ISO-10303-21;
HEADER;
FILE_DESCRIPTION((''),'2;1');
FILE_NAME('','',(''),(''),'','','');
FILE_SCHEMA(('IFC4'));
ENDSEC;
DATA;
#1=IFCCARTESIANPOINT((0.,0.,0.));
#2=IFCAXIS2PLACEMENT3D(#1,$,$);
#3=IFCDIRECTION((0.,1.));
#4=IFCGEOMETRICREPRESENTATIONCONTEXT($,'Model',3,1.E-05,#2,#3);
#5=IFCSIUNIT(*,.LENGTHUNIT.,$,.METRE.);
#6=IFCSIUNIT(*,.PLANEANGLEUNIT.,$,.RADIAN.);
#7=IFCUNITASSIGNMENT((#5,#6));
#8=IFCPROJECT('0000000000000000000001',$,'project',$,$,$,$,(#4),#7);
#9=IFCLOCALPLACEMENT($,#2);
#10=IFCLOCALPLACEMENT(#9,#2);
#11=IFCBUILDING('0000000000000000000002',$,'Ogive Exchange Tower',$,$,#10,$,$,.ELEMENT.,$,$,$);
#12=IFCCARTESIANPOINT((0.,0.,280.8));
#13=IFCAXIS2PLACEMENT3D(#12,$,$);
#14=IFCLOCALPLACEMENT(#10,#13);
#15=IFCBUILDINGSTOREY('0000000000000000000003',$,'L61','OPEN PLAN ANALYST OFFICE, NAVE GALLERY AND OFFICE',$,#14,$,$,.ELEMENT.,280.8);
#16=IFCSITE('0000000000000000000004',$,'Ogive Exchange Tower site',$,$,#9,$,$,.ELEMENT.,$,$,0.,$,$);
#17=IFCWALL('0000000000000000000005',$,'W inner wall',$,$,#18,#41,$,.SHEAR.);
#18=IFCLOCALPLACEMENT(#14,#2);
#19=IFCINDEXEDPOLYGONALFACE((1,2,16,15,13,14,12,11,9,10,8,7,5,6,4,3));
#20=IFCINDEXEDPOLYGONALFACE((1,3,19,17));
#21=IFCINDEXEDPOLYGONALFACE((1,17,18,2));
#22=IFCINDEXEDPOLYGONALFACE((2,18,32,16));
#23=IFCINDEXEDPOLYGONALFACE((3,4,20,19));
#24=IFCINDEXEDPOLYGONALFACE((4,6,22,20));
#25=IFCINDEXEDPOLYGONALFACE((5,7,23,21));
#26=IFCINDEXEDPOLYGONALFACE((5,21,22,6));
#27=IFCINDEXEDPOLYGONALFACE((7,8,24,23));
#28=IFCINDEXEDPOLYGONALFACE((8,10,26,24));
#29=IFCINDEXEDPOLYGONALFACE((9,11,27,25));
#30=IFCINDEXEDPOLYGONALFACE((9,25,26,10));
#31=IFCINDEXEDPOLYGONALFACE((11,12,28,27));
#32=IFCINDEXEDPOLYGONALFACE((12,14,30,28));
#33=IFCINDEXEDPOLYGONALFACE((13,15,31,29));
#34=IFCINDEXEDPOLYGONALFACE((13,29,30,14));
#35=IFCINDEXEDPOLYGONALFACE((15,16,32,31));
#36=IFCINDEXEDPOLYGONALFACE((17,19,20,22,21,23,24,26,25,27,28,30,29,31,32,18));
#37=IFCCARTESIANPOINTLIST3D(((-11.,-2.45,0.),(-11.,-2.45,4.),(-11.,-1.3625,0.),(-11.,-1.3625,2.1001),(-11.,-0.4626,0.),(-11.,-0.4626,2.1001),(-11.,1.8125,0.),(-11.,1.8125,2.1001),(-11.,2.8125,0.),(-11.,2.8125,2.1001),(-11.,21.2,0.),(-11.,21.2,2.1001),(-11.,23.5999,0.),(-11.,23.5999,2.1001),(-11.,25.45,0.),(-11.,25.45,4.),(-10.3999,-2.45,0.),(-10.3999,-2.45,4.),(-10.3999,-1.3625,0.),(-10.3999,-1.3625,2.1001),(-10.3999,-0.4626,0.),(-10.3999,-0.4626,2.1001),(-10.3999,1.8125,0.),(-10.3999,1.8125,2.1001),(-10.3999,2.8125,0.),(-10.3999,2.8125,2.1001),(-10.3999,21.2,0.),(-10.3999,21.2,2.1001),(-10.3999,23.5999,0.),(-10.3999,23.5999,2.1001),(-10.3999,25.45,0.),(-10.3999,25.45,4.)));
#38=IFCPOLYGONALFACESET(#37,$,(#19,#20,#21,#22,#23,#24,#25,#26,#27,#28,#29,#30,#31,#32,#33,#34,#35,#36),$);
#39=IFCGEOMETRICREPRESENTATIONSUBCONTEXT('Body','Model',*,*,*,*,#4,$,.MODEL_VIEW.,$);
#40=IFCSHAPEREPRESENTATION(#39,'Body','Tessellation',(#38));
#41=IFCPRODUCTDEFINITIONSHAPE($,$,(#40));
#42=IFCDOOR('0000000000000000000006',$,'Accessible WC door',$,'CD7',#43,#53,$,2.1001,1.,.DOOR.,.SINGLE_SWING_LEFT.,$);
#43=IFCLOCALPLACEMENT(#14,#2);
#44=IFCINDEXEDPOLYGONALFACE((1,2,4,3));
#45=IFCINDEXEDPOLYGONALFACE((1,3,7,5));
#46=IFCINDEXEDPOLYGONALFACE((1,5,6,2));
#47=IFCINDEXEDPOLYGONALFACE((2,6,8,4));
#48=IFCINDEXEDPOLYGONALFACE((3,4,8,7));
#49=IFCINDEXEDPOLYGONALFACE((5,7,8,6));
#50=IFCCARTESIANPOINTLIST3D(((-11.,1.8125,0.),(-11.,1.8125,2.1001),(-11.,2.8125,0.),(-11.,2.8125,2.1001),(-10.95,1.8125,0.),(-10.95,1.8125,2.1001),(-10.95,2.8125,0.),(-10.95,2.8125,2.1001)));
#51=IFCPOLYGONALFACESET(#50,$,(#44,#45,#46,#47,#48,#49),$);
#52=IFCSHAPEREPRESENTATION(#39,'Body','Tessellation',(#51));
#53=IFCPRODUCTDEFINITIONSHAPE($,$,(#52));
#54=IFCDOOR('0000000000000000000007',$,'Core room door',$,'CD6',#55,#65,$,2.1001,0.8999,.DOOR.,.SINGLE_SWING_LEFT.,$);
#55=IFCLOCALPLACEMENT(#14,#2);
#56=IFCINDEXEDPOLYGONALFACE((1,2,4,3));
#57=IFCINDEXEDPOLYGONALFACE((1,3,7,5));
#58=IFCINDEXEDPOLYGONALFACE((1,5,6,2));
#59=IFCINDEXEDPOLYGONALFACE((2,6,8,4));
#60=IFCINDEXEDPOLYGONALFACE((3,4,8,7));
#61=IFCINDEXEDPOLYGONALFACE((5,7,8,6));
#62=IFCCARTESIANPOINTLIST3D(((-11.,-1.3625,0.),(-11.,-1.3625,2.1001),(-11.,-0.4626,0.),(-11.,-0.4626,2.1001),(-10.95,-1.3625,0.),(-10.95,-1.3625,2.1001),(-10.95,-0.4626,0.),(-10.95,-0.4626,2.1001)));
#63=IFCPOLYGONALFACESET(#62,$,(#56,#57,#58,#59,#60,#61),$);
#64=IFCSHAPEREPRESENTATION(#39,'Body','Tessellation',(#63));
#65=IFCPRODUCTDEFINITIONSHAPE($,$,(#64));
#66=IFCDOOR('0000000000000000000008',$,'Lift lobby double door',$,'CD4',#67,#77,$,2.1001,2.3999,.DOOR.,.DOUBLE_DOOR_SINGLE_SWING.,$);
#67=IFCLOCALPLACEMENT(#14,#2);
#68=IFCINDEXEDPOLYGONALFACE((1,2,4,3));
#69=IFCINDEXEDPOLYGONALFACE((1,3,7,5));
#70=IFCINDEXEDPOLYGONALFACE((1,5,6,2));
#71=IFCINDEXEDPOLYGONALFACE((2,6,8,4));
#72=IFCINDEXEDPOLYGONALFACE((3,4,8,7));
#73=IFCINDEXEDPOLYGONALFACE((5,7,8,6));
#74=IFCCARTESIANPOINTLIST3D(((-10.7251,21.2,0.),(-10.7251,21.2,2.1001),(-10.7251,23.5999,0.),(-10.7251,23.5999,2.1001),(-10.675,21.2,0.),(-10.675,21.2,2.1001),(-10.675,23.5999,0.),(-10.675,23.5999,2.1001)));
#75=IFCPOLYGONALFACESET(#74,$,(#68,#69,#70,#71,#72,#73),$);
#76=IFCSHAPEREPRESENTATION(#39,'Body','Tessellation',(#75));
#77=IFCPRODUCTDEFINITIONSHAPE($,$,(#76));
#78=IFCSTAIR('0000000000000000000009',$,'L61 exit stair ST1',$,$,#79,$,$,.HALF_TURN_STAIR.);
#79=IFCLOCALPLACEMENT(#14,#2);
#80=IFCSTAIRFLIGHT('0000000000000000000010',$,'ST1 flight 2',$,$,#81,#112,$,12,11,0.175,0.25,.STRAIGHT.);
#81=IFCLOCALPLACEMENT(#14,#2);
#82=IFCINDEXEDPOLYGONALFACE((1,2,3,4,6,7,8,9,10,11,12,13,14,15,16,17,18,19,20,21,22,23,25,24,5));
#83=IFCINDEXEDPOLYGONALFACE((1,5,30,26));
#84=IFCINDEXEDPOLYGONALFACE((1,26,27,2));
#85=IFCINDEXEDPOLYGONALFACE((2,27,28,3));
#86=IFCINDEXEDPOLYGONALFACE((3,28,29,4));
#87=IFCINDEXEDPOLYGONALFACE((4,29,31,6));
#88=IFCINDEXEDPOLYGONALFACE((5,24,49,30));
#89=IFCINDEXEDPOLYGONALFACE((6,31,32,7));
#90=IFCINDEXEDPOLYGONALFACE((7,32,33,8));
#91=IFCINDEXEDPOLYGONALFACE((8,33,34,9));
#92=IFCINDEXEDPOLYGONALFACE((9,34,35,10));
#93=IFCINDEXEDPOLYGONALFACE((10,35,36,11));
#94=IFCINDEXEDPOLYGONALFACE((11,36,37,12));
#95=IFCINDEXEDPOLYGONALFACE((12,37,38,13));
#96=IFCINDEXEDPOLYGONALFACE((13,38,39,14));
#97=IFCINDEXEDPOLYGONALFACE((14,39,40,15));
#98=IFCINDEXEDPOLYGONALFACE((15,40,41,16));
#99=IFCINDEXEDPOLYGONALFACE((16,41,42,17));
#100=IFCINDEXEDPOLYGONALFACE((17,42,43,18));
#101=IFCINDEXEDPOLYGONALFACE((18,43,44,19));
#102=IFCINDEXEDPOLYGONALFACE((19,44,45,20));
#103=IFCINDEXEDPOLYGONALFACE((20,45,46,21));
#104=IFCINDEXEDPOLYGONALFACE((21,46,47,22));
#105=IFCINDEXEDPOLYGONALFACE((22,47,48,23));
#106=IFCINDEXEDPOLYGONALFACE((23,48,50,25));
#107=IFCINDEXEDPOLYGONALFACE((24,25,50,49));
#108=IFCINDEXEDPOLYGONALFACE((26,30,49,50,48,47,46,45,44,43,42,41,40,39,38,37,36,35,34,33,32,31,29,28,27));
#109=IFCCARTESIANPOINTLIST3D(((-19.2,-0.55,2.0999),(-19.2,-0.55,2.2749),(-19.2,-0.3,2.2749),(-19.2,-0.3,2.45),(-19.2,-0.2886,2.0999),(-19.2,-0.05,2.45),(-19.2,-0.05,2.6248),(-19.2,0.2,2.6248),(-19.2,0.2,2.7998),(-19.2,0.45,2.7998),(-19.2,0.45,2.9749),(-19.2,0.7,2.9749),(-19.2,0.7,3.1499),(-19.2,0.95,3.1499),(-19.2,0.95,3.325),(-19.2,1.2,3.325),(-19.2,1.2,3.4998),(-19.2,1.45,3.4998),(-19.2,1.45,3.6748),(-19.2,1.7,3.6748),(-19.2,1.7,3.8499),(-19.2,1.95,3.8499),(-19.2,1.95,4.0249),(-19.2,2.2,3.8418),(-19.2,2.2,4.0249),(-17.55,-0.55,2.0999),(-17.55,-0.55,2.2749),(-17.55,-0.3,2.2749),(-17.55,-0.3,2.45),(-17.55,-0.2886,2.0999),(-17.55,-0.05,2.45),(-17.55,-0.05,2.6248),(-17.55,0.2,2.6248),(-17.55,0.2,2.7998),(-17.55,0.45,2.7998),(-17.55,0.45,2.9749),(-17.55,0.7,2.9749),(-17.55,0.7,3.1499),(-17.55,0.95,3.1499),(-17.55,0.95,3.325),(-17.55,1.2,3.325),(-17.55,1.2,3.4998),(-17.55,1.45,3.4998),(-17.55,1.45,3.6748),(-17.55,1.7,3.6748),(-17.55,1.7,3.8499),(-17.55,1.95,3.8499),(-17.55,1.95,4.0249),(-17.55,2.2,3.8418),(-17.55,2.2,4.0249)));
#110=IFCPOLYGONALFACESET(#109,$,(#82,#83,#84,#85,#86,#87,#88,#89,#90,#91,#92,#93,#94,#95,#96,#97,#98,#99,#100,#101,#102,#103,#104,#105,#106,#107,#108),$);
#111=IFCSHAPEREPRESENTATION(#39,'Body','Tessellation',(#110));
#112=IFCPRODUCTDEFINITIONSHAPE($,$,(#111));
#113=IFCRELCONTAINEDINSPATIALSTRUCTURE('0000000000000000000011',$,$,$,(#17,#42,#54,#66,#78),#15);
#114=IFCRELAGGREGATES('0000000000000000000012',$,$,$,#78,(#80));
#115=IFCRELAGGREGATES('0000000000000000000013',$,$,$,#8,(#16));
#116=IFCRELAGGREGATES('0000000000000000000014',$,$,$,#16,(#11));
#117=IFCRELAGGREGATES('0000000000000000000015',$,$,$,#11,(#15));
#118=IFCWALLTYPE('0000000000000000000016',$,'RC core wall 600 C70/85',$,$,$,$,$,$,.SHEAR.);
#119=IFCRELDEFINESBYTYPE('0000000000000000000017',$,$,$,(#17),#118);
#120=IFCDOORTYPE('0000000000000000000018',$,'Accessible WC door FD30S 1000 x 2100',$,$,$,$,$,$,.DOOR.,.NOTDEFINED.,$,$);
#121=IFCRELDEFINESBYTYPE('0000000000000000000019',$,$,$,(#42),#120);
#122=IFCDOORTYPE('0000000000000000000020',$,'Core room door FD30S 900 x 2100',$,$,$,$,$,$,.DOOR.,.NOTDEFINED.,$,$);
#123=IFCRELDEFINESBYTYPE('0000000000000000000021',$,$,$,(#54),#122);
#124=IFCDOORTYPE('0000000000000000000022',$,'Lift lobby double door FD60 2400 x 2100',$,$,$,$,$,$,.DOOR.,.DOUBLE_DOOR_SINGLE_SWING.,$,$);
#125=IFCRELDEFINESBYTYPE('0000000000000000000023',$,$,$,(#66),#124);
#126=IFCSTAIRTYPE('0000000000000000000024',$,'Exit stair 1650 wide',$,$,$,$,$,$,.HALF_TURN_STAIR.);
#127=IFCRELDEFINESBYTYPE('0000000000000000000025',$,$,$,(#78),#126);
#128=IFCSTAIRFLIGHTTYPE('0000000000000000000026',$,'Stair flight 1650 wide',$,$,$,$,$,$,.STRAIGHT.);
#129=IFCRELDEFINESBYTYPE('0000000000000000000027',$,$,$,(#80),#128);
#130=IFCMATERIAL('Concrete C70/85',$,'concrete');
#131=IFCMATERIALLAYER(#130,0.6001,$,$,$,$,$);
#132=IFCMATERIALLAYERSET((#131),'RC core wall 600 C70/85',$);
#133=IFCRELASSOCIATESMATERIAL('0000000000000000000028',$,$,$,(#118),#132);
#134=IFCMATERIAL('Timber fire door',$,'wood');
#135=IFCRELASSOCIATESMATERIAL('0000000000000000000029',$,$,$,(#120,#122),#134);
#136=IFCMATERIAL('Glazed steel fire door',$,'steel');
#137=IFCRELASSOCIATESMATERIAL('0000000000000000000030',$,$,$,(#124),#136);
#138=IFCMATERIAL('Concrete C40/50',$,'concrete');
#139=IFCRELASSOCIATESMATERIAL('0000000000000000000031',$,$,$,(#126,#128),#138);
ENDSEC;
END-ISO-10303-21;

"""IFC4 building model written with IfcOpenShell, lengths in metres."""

from ifc_helpers import new_model, si_unit, direction, frame, frame_2d, origin, place, context, subcontext, project, spatial, polyline, rectangle, outline, extrude, material, layer, layer_set, type_object, element, fill, aggregate, save


model = new_model("IFC4")

# Units and contexts
model_context = context("Model", 3, precision=1e-05, world=origin(), true_north=direction((0.0, 1.0)))
body_context = subcontext(model_context, "Body", "Model", "MODEL_VIEW")
ifc_project = project(units=[si_unit("LENGTHUNIT", "METRE"), si_unit("PLANEANGLEUNIT", "RADIAN")], contexts=[model_context])

# Site, building, storey
site_placement = place(None, origin())
site = spatial("IfcSite", under=ifc_project, at=site_placement, Name="Ogive Exchange Tower site", CompositionType="ELEMENT", RefElevation=0.0)
building_placement = place(site_placement, origin())
building = spatial("IfcBuilding", under=site, at=building_placement, Name="Ogive Exchange Tower", CompositionType="ELEMENT")
storey_placement = place(building_placement, frame((0.0, 0.0, 280.8)))
storey = spatial("IfcBuildingStorey", under=building, at=storey_placement, Name="L61", Description="OPEN PLAN ANALYST OFFICE, NAVE GALLERY AND OFFICE", CompositionType="ELEMENT", Elevation=280.8)

# Shared definitions
ifc_material_1 = material(Name="Concrete C70/85", Category="concrete")

# Wall, openings, doors
ifc_layer_1 = layer(ifc_material_1, 0.6001)
ifc_layer_set_1 = layer_set([ifc_layer_1], Name="RC core wall 600 C70/85")
wall_type_1 = type_object("IfcWallType", Name="RC core wall 600 C70/85", PredefinedType="SHEAR", material=ifc_layer_set_1)
wall_1_placement = place(storey_placement, frame((-10.7, -2.45, 0.0), z_axis=(0.0, 0.0, 1.0), x_axis=(0.0, 1.0, 0.0)))
wall_1 = element("IfcWall", 1, at=wall_1_placement, inside=storey, type_object=wall_type_1, Name="W inner wall", PredefinedType="SHEAR", context=body_context, shape_type="SweptSolid", body=[
    extrude(rectangle(XDim=27.8999, YDim=0.6001, at=frame_2d((13.95, 0.0))), origin(), (0.0, 0.0, 1.0), 4.0),
])
opening_1_placement = place(wall_1_placement, frame((23.6499, 0.0, 0.0)))
opening_1 = element("IfcOpeningElement", 2, at=opening_1_placement, cuts=wall_1, PredefinedType="OPENING", context=body_context, shape_type="SweptSolid", body=[
    extrude(rectangle(XDim=2.3999, YDim=2.1001, at=frame_2d((1.2, 1.05))), frame((0.0, 0.3101, 0.0), z_axis=(0.0, -1.0, 0.0), x_axis=(1.0, 0.0, 0.0)), (0.0, 0.0, 1.0), 0.6201),
])
opening_2_placement = place(wall_1_placement, frame((1.0874, 0.0, 0.0)))
opening_2 = element("IfcOpeningElement", 3, at=opening_2_placement, cuts=wall_1, PredefinedType="OPENING", context=body_context, shape_type="SweptSolid", body=[
    extrude(rectangle(XDim=0.8999, YDim=2.1001, at=frame_2d((0.45, 1.05))), frame((0.0, 0.3101, 0.0), z_axis=(0.0, -1.0, 0.0), x_axis=(1.0, 0.0, 0.0)), (0.0, 0.0, 1.0), 0.6201),
])
opening_3_placement = place(wall_1_placement, frame((4.2625, 0.0, 0.0)))
opening_3 = element("IfcOpeningElement", 4, at=opening_3_placement, cuts=wall_1, PredefinedType="OPENING", context=body_context, shape_type="SweptSolid", body=[
    extrude(rectangle(XDim=1.0, YDim=2.1001, at=frame_2d((0.5, 1.05))), frame((0.0, 0.3101, 0.0), z_axis=(0.0, -1.0, 0.0), x_axis=(1.0, 0.0, 0.0)), (0.0, 0.0, 1.0), 0.6201),
])
ifc_material_2 = material(Name="Timber fire door", Category="wood")
door_type_1 = type_object("IfcDoorType", Name="Accessible WC door FD30S 1000 x 2100", OperationType="NOTDEFINED", PredefinedType="DOOR", material=ifc_material_2)
door_1_placement = place(opening_3_placement, frame((1.0, 0.5498, 0.0), z_axis=(0.0, 0.0, 1.0), x_axis=(-1.0, 0.0, 0.0)))
door_1 = element("IfcDoor", 5, at=door_1_placement, inside=storey, type_object=door_type_1, Name="Accessible WC door", ObjectType="CD7", OperationType="SINGLE_SWING_LEFT", OverallHeight=2.1001, OverallWidth=1.0, PredefinedType="DOOR", context=body_context, shape_type="SweptSolid", body=[
    extrude(rectangle(XDim=1.0, YDim=2.1001, at=frame_2d((0.5, 1.05))), frame((0.0, 0.2998, 0.0), z_axis=(0.0, -1.0, 0.0), x_axis=(1.0, 0.0, 0.0)), (0.0, 0.0, 1.0), 0.05),
])
fill(opening_3, door_1)
door_type_2 = type_object("IfcDoorType", Name="Core room door FD30S 900 x 2100", OperationType="NOTDEFINED", PredefinedType="DOOR", material=ifc_material_2)
door_2_placement = place(opening_2_placement, frame((0.8999, 0.5498, 0.0), z_axis=(0.0, 0.0, 1.0), x_axis=(-1.0, 0.0, 0.0)))
door_2 = element("IfcDoor", 6, at=door_2_placement, inside=storey, type_object=door_type_2, Name="Core room door", ObjectType="CD6", OperationType="SINGLE_SWING_LEFT", OverallHeight=2.1001, OverallWidth=0.8999, PredefinedType="DOOR", context=body_context, shape_type="SweptSolid", body=[
    extrude(rectangle(XDim=0.8999, YDim=2.1001, at=frame_2d((0.45, 1.05))), frame((0.0, 0.2998, 0.0), z_axis=(0.0, -1.0, 0.0), x_axis=(1.0, 0.0, 0.0)), (0.0, 0.0, 1.0), 0.05),
])
fill(opening_2, door_2)
ifc_material_3 = material(Name="Glazed steel fire door", Category="steel")
door_type_3 = type_object("IfcDoorType", Name="Lift lobby double door FD60 2400 x 2100", OperationType="DOUBLE_DOOR_SINGLE_SWING", PredefinedType="DOOR", material=ifc_material_3)
door_3_placement = place(opening_1_placement, frame((2.3999, 0.0, 0.0), z_axis=(0.0, 0.0, 1.0), x_axis=(-1.0, 0.0, 0.0)))
door_3 = element("IfcDoor", 7, at=door_3_placement, inside=storey, type_object=door_type_3, Name="Lift lobby double door", ObjectType="CD4", OperationType="DOUBLE_DOOR_SINGLE_SWING", OverallHeight=2.1001, OverallWidth=2.3999, PredefinedType="DOOR", context=body_context, shape_type="SweptSolid", body=[
    extrude(rectangle(XDim=2.3999, YDim=2.1001, at=frame_2d((1.2, 1.05))), frame((0.0, 0.0249, 0.0), z_axis=(0.0, -1.0, 0.0), x_axis=(1.0, 0.0, 0.0)), (0.0, 0.0, 1.0), 0.05),
])
fill(opening_1, door_3)

# Stair, stair flight
ifc_material_4 = material(Name="Concrete C40/50", Category="concrete")
stair_type = type_object("IfcStairType", Name="Exit stair 1650 wide", PredefinedType="HALF_TURN_STAIR", material=ifc_material_4)
stair_placement = place(storey_placement, origin())
stair = element("IfcStair", 8, at=stair_placement, inside=storey, type_object=stair_type, Name="L61 exit stair ST1", PredefinedType="HALF_TURN_STAIR")
stair_flight_type = type_object("IfcStairFlightType", Name="Stair flight 1650 wide", PredefinedType="STRAIGHT", material=ifc_material_4)
stair_flight_placement = place(storey_placement, frame((-18.375, -0.55, 2.0999), z_axis=(0.0, 0.0, 1.0), x_axis=(0.0, 1.0, 0.0)))
stair_flight = element("IfcStairFlight", 9, at=stair_flight_placement, type_object=stair_flight_type, Name="ST1 flight 2", NumberOfRisers=12, NumberOfTreads=11, PredefinedType="STRAIGHT", RiserHeight=0.175, TreadLength=0.25, context=body_context, shape_type="SweptSolid", body=[
    extrude(outline(polyline([(0.0, 0.0), (0.0, 0.175), (0.25, 0.175), (0.25, 0.3501), (0.5, 0.3501), (0.5, 0.5249), (0.75, 0.5249), (0.75, 0.7), (1.0, 0.7), (1.0, 0.875), (1.25, 0.875), (1.25, 1.05), (1.5, 1.05), (1.5, 1.2251), (1.75, 1.2251), (1.75, 1.3999), (2.0, 1.3999), (2.0, 1.575), (2.25, 1.575), (2.25, 1.75), (2.5, 1.75), (2.5, 1.925), (2.75, 1.925), (2.75, 2.1001), (2.75, 1.7419), (0.2615, 0.0), (0.0, 0.0)])), frame((0.0, 0.825, 0.0), z_axis=(0.0, -1.0, 0.0), x_axis=(1.0, 0.0, 0.0)), (0.0, 0.0, 1.0), 1.6499),
])
aggregate(stair, [stair_flight])

save(model, "model.ifc")
